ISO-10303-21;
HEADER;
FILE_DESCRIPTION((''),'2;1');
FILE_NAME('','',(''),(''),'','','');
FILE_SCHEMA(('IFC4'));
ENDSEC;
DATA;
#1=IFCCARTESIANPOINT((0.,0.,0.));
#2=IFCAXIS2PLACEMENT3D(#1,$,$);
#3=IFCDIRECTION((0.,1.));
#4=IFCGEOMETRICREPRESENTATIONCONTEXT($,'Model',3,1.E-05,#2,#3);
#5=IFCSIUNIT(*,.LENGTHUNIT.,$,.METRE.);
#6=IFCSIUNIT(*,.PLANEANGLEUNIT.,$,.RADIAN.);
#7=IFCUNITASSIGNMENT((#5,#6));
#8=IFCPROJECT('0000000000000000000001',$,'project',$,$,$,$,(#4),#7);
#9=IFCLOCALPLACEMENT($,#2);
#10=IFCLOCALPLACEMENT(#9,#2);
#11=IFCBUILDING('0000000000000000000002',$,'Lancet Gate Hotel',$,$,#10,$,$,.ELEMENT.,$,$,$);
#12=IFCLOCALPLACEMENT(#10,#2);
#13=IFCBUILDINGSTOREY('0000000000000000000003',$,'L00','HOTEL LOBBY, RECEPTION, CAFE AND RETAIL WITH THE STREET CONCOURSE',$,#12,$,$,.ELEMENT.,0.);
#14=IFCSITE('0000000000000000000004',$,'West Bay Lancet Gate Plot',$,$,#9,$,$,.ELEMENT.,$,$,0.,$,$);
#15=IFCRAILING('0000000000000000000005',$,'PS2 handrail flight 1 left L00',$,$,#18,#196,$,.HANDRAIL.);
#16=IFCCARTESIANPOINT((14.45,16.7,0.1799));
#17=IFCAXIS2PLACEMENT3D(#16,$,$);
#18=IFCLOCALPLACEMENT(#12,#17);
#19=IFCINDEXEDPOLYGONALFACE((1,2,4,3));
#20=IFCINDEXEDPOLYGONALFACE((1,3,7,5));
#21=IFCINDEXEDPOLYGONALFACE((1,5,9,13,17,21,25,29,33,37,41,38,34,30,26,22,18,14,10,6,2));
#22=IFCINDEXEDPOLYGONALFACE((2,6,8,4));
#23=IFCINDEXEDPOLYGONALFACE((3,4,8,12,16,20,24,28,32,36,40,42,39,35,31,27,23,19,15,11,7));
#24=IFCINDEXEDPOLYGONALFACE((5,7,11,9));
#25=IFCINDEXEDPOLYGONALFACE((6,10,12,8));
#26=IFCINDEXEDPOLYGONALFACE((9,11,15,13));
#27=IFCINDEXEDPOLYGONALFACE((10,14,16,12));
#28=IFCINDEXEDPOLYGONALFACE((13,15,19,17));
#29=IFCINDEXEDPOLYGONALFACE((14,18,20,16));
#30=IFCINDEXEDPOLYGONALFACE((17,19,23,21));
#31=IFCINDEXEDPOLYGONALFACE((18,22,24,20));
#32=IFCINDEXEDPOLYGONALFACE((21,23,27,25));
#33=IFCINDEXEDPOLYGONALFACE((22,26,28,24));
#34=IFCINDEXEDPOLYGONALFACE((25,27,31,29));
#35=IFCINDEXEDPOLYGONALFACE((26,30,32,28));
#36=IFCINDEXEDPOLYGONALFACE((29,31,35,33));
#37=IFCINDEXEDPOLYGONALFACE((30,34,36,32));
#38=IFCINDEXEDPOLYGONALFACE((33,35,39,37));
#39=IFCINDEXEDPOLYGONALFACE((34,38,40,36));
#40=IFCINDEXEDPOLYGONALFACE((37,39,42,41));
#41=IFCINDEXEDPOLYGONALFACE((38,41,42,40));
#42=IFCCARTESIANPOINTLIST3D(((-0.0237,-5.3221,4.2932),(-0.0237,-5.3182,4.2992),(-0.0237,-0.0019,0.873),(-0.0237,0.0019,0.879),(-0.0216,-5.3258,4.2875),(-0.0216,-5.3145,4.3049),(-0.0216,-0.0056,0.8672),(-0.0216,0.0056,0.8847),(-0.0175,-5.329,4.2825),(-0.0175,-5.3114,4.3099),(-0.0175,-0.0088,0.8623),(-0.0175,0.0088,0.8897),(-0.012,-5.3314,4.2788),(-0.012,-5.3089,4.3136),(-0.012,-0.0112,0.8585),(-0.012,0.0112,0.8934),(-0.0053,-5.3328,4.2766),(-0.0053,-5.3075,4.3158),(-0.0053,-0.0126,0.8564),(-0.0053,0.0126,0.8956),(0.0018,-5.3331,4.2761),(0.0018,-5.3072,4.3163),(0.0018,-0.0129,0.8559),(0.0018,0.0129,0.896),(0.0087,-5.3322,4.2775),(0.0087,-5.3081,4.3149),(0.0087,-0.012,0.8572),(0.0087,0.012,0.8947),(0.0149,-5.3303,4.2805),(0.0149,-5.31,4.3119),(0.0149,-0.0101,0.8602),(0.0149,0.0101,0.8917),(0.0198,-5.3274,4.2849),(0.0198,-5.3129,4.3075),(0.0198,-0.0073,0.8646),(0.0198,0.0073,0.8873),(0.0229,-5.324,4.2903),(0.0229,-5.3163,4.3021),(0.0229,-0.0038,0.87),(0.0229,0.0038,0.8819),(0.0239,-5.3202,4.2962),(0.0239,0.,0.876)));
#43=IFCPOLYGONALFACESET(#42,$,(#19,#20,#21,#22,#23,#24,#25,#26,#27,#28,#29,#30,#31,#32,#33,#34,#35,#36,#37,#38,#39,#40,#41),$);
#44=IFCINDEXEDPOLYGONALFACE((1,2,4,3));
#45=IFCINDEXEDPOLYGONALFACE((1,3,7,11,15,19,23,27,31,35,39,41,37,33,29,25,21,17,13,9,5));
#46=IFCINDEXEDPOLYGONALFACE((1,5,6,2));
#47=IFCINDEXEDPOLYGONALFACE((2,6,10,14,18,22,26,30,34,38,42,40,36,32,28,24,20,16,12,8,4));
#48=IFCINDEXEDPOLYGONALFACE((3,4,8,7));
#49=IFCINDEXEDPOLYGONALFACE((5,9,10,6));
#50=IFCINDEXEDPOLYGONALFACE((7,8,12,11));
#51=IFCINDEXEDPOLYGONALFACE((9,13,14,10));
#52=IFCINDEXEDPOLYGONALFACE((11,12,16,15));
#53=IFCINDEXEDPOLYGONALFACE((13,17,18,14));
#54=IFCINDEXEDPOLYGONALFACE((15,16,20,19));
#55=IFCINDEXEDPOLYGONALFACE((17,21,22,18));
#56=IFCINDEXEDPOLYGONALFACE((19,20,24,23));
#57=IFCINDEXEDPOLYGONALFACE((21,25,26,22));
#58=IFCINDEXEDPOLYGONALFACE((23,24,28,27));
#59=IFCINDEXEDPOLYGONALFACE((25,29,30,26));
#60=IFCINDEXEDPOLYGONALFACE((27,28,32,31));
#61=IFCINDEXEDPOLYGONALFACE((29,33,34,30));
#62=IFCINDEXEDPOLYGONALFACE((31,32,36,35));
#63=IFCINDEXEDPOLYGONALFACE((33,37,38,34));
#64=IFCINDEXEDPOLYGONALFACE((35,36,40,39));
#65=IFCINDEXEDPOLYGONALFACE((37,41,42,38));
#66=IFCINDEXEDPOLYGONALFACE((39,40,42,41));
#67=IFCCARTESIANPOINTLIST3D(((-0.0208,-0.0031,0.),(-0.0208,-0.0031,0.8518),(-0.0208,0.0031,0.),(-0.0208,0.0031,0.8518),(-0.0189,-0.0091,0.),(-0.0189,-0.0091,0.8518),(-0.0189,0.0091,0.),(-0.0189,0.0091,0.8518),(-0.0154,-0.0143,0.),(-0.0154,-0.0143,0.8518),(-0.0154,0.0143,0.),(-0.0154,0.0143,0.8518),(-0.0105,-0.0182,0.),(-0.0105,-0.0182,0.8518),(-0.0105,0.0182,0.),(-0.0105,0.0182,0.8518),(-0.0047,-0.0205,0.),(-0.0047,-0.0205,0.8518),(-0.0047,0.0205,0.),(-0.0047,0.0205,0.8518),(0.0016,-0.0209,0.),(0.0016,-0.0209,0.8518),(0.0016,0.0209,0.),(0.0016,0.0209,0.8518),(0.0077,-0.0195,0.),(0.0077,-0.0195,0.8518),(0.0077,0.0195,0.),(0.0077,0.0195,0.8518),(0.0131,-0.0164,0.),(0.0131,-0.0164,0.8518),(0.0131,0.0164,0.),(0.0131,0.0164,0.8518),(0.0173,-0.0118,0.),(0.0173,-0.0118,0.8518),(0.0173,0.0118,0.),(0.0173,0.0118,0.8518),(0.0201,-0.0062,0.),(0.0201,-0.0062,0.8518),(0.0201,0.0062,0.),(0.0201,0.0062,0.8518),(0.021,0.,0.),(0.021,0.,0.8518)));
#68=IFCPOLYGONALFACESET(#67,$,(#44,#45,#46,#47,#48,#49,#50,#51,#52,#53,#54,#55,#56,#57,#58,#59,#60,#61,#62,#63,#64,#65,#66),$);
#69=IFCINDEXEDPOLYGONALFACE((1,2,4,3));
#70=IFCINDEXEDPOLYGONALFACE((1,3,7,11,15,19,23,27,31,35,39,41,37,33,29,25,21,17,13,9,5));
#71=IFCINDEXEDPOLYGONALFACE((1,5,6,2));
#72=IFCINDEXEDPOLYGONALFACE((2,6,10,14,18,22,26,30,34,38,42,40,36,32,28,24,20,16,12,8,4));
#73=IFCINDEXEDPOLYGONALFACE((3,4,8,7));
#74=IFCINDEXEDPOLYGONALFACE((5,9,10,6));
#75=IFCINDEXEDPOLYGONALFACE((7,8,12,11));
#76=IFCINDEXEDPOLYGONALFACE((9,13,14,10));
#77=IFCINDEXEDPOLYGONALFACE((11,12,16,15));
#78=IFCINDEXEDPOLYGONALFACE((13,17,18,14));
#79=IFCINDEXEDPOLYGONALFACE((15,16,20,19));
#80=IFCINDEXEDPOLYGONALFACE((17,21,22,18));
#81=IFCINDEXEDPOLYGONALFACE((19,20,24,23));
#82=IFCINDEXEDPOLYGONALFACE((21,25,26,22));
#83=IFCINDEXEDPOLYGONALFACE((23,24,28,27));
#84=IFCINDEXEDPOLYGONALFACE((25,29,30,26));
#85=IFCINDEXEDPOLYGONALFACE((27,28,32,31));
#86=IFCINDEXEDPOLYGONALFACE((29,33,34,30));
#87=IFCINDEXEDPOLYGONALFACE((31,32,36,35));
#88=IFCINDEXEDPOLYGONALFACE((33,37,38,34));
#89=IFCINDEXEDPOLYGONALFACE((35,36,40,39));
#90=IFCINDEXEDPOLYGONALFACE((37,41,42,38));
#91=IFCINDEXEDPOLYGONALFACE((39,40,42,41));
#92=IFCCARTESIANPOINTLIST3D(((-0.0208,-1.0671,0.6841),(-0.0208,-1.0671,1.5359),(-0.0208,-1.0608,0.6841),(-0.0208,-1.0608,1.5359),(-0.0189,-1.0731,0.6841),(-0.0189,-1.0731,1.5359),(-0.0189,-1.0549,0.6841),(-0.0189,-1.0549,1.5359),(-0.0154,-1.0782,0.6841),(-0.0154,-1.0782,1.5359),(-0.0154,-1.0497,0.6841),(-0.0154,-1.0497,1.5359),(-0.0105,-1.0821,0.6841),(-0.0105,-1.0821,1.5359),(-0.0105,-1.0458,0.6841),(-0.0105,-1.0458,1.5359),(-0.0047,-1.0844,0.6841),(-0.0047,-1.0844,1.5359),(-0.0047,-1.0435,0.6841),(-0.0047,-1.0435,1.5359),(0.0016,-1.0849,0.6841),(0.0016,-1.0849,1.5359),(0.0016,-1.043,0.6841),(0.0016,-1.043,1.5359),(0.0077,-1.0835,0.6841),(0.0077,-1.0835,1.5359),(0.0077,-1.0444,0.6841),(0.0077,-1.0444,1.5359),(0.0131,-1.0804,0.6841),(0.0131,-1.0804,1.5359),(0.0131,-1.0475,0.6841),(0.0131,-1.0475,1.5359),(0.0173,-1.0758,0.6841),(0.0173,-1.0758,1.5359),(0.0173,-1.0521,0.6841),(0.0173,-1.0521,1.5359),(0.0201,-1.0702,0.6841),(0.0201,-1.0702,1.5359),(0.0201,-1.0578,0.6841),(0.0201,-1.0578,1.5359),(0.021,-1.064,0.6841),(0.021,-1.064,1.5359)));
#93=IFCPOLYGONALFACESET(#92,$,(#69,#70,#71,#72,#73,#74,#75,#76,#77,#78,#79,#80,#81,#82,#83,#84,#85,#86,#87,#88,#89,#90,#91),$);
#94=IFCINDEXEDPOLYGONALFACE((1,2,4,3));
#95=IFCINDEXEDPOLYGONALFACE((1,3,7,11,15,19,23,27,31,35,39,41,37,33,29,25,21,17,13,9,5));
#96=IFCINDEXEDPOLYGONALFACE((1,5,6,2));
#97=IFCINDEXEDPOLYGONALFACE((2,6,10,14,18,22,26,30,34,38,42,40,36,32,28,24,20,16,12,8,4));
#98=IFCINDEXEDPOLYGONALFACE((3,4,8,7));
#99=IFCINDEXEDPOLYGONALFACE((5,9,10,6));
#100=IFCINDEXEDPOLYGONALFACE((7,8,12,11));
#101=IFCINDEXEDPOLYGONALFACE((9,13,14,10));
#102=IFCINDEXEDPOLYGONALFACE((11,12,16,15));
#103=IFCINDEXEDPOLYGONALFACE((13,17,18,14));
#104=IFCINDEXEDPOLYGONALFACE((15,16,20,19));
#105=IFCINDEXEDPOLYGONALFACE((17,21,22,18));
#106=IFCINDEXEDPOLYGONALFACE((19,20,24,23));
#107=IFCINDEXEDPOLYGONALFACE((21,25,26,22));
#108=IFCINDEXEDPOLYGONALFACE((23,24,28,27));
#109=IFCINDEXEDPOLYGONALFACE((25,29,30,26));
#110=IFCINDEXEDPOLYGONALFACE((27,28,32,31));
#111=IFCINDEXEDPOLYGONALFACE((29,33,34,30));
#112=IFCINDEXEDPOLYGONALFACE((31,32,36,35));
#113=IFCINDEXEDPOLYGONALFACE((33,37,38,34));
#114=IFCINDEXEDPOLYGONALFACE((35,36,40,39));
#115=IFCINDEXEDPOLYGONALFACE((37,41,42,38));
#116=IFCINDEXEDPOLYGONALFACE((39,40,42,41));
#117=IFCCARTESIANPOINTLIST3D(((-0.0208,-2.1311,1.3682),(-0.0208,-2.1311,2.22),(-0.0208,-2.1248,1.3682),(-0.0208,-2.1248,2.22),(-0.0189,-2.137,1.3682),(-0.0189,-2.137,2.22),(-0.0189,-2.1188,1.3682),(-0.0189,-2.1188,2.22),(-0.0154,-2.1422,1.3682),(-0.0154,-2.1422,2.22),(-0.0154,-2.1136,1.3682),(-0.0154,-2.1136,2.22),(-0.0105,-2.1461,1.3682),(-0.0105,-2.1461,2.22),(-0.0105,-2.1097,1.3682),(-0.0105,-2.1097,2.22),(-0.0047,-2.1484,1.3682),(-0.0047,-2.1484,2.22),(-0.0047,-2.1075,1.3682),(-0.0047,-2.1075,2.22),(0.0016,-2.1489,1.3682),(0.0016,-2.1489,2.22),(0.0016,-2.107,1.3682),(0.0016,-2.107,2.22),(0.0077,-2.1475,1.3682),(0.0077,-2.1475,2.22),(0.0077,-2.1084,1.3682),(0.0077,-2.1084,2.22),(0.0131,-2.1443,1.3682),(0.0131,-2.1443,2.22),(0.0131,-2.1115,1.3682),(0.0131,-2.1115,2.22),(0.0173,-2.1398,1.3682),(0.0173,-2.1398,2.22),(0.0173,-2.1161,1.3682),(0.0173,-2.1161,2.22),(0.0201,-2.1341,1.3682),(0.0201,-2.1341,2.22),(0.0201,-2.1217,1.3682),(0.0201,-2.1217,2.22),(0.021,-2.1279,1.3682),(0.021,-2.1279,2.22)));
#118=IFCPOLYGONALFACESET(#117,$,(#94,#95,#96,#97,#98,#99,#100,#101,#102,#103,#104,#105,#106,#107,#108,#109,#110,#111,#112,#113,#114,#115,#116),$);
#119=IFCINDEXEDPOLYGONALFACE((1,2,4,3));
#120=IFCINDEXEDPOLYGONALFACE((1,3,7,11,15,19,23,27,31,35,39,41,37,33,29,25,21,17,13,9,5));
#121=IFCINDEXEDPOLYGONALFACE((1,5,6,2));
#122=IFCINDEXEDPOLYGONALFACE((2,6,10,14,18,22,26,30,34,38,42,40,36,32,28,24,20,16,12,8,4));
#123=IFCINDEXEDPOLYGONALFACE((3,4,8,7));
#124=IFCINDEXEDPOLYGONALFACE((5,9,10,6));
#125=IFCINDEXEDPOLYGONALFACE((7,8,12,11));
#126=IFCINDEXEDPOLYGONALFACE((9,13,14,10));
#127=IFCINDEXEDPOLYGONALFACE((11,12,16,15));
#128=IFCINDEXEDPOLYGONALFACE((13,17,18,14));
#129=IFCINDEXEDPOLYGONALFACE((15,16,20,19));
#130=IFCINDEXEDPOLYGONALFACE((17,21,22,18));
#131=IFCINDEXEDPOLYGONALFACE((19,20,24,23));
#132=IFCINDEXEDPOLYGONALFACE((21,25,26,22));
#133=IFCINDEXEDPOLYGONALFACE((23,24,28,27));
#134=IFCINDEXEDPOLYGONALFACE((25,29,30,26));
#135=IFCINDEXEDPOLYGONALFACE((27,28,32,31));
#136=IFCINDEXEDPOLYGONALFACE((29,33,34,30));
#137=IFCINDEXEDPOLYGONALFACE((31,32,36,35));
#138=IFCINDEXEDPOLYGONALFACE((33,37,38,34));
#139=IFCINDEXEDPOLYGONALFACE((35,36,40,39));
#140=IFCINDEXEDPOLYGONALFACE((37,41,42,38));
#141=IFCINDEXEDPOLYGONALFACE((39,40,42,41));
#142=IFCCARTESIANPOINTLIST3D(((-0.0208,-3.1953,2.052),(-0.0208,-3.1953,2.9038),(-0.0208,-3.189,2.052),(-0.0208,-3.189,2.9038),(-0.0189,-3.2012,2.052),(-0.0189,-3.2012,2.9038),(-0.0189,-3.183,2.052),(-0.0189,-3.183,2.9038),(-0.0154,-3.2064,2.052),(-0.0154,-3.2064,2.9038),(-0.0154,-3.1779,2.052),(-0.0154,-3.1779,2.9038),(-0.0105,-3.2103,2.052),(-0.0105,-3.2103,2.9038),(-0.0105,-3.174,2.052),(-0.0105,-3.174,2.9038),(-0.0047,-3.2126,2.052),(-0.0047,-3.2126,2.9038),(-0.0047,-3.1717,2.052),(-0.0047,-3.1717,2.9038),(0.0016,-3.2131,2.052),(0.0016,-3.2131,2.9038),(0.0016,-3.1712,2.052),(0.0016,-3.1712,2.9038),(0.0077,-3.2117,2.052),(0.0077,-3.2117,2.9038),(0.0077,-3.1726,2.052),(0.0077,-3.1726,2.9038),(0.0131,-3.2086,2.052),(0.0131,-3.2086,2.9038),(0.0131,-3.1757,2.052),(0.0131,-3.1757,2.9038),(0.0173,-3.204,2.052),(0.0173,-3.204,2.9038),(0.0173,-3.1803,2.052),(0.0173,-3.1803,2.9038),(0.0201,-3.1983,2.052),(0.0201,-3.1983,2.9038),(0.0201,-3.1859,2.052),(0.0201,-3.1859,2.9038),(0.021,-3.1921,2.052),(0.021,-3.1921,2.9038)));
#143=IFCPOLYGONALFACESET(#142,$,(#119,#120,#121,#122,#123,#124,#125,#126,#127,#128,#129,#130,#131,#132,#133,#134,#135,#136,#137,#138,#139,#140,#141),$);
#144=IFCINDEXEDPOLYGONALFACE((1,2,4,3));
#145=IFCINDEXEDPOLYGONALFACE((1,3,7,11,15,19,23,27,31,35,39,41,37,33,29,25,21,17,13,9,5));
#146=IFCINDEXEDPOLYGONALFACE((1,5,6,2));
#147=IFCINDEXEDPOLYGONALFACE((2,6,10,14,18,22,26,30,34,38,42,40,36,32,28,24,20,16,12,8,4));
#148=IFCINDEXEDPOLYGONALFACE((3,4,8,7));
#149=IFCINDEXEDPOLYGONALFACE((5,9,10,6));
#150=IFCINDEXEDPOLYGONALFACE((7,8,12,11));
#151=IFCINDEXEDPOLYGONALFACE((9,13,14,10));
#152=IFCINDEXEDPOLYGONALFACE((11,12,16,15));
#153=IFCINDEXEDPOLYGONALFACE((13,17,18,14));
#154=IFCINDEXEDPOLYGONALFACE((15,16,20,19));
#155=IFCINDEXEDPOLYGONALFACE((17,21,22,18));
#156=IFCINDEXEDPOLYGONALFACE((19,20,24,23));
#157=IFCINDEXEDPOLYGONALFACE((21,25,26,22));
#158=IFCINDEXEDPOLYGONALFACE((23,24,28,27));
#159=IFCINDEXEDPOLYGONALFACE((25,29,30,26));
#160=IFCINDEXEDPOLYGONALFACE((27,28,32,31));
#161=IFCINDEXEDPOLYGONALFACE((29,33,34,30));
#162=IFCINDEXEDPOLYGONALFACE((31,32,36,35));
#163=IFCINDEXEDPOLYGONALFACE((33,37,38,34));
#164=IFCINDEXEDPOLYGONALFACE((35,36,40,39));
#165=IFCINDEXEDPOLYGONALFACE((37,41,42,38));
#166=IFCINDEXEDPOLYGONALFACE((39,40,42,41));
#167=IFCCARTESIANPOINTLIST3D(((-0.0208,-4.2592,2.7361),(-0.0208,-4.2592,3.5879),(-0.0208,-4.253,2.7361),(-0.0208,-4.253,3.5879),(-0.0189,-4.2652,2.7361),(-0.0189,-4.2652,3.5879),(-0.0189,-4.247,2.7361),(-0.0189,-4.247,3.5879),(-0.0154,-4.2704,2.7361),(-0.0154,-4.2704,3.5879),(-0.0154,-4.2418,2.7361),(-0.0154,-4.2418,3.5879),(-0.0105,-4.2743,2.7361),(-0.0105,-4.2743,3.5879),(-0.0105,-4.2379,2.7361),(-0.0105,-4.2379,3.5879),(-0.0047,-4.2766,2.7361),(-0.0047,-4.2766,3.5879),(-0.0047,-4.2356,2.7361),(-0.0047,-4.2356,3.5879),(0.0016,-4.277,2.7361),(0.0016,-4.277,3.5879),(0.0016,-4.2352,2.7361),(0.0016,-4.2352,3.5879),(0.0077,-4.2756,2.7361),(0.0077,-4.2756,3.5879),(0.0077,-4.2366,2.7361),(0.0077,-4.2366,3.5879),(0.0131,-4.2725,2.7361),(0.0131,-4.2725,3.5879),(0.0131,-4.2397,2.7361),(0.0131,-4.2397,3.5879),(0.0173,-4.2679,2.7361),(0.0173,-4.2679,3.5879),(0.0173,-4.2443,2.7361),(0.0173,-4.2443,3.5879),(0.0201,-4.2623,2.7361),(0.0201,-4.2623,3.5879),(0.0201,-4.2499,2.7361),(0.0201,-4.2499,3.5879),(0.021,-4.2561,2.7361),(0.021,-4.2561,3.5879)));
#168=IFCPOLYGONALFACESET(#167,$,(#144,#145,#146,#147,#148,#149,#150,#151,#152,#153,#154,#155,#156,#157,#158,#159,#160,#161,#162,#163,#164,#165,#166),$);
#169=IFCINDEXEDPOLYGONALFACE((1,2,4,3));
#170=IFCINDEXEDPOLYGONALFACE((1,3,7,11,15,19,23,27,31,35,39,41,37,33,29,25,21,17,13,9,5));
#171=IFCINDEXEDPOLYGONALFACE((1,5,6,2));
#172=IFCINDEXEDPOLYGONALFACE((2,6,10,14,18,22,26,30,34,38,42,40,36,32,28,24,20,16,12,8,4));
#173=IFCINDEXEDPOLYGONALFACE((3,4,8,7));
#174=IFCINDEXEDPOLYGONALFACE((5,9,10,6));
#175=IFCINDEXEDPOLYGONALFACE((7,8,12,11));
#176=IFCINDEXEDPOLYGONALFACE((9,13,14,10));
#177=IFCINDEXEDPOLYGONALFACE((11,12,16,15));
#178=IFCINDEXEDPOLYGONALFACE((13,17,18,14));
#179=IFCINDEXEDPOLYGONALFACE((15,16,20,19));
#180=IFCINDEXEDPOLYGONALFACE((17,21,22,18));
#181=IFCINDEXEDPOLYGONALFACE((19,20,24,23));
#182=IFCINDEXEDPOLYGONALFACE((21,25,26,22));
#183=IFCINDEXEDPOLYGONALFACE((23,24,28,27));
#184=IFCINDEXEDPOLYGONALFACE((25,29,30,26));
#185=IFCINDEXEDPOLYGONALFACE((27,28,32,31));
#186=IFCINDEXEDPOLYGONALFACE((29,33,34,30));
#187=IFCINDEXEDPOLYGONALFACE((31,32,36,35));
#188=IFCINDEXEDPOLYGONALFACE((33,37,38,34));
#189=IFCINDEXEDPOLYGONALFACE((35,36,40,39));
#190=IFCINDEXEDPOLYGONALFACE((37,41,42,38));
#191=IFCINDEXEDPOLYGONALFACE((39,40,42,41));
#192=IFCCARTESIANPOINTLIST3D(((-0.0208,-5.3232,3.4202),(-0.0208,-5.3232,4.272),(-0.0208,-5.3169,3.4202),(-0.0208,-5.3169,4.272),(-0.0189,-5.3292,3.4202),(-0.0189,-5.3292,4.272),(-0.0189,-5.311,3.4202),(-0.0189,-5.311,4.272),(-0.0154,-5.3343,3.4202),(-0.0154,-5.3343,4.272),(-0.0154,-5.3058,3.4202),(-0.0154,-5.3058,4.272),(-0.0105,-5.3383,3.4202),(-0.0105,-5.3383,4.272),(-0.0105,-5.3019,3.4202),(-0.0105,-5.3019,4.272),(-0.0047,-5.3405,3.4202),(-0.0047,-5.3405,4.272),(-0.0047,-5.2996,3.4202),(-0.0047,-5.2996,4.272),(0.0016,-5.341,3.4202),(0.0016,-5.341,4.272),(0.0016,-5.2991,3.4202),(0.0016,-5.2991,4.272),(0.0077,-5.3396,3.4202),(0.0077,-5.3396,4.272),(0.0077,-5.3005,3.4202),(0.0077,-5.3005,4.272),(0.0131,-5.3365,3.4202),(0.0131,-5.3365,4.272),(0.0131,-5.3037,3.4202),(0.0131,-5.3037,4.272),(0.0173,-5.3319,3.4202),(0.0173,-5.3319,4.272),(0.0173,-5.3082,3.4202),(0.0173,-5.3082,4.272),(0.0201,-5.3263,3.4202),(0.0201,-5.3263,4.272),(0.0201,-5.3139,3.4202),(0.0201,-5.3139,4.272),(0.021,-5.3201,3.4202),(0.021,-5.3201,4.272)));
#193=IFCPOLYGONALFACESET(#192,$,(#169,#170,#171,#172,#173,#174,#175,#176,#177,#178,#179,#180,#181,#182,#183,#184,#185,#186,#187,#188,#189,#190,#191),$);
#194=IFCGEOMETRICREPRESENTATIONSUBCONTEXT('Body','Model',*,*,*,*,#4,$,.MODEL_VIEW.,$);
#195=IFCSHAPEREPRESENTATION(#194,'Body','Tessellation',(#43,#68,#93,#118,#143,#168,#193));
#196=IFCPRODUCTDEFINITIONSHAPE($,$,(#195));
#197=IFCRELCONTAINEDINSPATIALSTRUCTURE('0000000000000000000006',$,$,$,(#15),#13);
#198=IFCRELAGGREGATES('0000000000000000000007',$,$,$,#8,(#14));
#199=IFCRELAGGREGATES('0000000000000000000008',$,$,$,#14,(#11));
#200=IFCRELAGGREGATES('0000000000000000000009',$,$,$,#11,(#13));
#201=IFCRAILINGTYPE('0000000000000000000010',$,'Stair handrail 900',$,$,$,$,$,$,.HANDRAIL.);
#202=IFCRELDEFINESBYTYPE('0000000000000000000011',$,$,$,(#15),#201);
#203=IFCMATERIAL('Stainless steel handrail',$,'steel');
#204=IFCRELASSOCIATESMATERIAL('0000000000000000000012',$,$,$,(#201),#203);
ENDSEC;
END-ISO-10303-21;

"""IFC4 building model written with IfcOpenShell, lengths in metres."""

from ifc_helpers import new_model, si_unit, direction, frame, origin, origin_2d, place, context, subcontext, project, spatial, circle, extrude, material, type_object, element, save


model = new_model("IFC4")

# Units and contexts
model_context = context("Model", 3, precision=1e-05, world=origin(), true_north=direction((0.0, 1.0)))
body_context = subcontext(model_context, "Body", "Model", "MODEL_VIEW")
ifc_project = project(units=[si_unit("LENGTHUNIT", "METRE"), si_unit("PLANEANGLEUNIT", "RADIAN")], contexts=[model_context])

# Site, building, storey
site_placement = place(None, origin())
site = spatial("IfcSite", under=ifc_project, at=site_placement, Name="West Bay Lancet Gate Plot", CompositionType="ELEMENT", RefElevation=0.0)
building_placement = place(site_placement, origin())
building = spatial("IfcBuilding", under=site, at=building_placement, Name="Lancet Gate Hotel", CompositionType="ELEMENT")
storey_placement = place(building_placement, origin())
storey = spatial("IfcBuildingStorey", under=building, at=storey_placement, Name="L00", Description="HOTEL LOBBY, RECEPTION, CAFE AND RETAIL WITH THE STREET CONCOURSE", CompositionType="ELEMENT", Elevation=0.0)

# Railing
ifc_material_1 = material(Name="Stainless steel handrail", Category="steel")
railing_type_1 = type_object("IfcRailingType", Name="Stair handrail 900", PredefinedType="HANDRAIL", material=ifc_material_1)
for number, where, name in (
    (1, (14.45, 16.7, 0.1799), "PS2 handrail flight 1 left L00"),
):
    element("IfcRailing", number, at=place(storey_placement, frame(where)), inside=storey, type_object=railing_type_1, Name=name, PredefinedType="HANDRAIL", context=body_context, shape_type="SweptSolid", body=[
        extrude(circle(Radius=0.0239, at=origin_2d()), frame((0.0, 0.0, 0.876), z_axis=(0.0, -0.84117, 0.540771), x_axis=(1.0, 0.0, 0.0)), (0.0, 0.0, 1.0), 6.3247),
        extrude(circle(Radius=0.021, at=origin_2d()), origin(), (0.0, 0.0, 1.0), 0.8518),
        extrude(circle(Radius=0.021, at=origin_2d()), frame((0.0, -1.064, 0.6841)), (0.0, 0.0, 1.0), 0.8518),
        extrude(circle(Radius=0.021, at=origin_2d()), frame((0.0, -2.1279, 1.3682)), (0.0, 0.0, 1.0), 0.8518),
        extrude(circle(Radius=0.021, at=origin_2d()), frame((0.0, -3.1921, 2.052)), (0.0, 0.0, 1.0), 0.8518),
        extrude(circle(Radius=0.021, at=origin_2d()), frame((0.0, -4.2561, 2.7361)), (0.0, 0.0, 1.0), 0.8518),
        extrude(circle(Radius=0.021, at=origin_2d()), frame((0.0, -5.3201, 3.4202)), (0.0, 0.0, 1.0), 0.8518),
    ])

save(model, "model.ifc")
